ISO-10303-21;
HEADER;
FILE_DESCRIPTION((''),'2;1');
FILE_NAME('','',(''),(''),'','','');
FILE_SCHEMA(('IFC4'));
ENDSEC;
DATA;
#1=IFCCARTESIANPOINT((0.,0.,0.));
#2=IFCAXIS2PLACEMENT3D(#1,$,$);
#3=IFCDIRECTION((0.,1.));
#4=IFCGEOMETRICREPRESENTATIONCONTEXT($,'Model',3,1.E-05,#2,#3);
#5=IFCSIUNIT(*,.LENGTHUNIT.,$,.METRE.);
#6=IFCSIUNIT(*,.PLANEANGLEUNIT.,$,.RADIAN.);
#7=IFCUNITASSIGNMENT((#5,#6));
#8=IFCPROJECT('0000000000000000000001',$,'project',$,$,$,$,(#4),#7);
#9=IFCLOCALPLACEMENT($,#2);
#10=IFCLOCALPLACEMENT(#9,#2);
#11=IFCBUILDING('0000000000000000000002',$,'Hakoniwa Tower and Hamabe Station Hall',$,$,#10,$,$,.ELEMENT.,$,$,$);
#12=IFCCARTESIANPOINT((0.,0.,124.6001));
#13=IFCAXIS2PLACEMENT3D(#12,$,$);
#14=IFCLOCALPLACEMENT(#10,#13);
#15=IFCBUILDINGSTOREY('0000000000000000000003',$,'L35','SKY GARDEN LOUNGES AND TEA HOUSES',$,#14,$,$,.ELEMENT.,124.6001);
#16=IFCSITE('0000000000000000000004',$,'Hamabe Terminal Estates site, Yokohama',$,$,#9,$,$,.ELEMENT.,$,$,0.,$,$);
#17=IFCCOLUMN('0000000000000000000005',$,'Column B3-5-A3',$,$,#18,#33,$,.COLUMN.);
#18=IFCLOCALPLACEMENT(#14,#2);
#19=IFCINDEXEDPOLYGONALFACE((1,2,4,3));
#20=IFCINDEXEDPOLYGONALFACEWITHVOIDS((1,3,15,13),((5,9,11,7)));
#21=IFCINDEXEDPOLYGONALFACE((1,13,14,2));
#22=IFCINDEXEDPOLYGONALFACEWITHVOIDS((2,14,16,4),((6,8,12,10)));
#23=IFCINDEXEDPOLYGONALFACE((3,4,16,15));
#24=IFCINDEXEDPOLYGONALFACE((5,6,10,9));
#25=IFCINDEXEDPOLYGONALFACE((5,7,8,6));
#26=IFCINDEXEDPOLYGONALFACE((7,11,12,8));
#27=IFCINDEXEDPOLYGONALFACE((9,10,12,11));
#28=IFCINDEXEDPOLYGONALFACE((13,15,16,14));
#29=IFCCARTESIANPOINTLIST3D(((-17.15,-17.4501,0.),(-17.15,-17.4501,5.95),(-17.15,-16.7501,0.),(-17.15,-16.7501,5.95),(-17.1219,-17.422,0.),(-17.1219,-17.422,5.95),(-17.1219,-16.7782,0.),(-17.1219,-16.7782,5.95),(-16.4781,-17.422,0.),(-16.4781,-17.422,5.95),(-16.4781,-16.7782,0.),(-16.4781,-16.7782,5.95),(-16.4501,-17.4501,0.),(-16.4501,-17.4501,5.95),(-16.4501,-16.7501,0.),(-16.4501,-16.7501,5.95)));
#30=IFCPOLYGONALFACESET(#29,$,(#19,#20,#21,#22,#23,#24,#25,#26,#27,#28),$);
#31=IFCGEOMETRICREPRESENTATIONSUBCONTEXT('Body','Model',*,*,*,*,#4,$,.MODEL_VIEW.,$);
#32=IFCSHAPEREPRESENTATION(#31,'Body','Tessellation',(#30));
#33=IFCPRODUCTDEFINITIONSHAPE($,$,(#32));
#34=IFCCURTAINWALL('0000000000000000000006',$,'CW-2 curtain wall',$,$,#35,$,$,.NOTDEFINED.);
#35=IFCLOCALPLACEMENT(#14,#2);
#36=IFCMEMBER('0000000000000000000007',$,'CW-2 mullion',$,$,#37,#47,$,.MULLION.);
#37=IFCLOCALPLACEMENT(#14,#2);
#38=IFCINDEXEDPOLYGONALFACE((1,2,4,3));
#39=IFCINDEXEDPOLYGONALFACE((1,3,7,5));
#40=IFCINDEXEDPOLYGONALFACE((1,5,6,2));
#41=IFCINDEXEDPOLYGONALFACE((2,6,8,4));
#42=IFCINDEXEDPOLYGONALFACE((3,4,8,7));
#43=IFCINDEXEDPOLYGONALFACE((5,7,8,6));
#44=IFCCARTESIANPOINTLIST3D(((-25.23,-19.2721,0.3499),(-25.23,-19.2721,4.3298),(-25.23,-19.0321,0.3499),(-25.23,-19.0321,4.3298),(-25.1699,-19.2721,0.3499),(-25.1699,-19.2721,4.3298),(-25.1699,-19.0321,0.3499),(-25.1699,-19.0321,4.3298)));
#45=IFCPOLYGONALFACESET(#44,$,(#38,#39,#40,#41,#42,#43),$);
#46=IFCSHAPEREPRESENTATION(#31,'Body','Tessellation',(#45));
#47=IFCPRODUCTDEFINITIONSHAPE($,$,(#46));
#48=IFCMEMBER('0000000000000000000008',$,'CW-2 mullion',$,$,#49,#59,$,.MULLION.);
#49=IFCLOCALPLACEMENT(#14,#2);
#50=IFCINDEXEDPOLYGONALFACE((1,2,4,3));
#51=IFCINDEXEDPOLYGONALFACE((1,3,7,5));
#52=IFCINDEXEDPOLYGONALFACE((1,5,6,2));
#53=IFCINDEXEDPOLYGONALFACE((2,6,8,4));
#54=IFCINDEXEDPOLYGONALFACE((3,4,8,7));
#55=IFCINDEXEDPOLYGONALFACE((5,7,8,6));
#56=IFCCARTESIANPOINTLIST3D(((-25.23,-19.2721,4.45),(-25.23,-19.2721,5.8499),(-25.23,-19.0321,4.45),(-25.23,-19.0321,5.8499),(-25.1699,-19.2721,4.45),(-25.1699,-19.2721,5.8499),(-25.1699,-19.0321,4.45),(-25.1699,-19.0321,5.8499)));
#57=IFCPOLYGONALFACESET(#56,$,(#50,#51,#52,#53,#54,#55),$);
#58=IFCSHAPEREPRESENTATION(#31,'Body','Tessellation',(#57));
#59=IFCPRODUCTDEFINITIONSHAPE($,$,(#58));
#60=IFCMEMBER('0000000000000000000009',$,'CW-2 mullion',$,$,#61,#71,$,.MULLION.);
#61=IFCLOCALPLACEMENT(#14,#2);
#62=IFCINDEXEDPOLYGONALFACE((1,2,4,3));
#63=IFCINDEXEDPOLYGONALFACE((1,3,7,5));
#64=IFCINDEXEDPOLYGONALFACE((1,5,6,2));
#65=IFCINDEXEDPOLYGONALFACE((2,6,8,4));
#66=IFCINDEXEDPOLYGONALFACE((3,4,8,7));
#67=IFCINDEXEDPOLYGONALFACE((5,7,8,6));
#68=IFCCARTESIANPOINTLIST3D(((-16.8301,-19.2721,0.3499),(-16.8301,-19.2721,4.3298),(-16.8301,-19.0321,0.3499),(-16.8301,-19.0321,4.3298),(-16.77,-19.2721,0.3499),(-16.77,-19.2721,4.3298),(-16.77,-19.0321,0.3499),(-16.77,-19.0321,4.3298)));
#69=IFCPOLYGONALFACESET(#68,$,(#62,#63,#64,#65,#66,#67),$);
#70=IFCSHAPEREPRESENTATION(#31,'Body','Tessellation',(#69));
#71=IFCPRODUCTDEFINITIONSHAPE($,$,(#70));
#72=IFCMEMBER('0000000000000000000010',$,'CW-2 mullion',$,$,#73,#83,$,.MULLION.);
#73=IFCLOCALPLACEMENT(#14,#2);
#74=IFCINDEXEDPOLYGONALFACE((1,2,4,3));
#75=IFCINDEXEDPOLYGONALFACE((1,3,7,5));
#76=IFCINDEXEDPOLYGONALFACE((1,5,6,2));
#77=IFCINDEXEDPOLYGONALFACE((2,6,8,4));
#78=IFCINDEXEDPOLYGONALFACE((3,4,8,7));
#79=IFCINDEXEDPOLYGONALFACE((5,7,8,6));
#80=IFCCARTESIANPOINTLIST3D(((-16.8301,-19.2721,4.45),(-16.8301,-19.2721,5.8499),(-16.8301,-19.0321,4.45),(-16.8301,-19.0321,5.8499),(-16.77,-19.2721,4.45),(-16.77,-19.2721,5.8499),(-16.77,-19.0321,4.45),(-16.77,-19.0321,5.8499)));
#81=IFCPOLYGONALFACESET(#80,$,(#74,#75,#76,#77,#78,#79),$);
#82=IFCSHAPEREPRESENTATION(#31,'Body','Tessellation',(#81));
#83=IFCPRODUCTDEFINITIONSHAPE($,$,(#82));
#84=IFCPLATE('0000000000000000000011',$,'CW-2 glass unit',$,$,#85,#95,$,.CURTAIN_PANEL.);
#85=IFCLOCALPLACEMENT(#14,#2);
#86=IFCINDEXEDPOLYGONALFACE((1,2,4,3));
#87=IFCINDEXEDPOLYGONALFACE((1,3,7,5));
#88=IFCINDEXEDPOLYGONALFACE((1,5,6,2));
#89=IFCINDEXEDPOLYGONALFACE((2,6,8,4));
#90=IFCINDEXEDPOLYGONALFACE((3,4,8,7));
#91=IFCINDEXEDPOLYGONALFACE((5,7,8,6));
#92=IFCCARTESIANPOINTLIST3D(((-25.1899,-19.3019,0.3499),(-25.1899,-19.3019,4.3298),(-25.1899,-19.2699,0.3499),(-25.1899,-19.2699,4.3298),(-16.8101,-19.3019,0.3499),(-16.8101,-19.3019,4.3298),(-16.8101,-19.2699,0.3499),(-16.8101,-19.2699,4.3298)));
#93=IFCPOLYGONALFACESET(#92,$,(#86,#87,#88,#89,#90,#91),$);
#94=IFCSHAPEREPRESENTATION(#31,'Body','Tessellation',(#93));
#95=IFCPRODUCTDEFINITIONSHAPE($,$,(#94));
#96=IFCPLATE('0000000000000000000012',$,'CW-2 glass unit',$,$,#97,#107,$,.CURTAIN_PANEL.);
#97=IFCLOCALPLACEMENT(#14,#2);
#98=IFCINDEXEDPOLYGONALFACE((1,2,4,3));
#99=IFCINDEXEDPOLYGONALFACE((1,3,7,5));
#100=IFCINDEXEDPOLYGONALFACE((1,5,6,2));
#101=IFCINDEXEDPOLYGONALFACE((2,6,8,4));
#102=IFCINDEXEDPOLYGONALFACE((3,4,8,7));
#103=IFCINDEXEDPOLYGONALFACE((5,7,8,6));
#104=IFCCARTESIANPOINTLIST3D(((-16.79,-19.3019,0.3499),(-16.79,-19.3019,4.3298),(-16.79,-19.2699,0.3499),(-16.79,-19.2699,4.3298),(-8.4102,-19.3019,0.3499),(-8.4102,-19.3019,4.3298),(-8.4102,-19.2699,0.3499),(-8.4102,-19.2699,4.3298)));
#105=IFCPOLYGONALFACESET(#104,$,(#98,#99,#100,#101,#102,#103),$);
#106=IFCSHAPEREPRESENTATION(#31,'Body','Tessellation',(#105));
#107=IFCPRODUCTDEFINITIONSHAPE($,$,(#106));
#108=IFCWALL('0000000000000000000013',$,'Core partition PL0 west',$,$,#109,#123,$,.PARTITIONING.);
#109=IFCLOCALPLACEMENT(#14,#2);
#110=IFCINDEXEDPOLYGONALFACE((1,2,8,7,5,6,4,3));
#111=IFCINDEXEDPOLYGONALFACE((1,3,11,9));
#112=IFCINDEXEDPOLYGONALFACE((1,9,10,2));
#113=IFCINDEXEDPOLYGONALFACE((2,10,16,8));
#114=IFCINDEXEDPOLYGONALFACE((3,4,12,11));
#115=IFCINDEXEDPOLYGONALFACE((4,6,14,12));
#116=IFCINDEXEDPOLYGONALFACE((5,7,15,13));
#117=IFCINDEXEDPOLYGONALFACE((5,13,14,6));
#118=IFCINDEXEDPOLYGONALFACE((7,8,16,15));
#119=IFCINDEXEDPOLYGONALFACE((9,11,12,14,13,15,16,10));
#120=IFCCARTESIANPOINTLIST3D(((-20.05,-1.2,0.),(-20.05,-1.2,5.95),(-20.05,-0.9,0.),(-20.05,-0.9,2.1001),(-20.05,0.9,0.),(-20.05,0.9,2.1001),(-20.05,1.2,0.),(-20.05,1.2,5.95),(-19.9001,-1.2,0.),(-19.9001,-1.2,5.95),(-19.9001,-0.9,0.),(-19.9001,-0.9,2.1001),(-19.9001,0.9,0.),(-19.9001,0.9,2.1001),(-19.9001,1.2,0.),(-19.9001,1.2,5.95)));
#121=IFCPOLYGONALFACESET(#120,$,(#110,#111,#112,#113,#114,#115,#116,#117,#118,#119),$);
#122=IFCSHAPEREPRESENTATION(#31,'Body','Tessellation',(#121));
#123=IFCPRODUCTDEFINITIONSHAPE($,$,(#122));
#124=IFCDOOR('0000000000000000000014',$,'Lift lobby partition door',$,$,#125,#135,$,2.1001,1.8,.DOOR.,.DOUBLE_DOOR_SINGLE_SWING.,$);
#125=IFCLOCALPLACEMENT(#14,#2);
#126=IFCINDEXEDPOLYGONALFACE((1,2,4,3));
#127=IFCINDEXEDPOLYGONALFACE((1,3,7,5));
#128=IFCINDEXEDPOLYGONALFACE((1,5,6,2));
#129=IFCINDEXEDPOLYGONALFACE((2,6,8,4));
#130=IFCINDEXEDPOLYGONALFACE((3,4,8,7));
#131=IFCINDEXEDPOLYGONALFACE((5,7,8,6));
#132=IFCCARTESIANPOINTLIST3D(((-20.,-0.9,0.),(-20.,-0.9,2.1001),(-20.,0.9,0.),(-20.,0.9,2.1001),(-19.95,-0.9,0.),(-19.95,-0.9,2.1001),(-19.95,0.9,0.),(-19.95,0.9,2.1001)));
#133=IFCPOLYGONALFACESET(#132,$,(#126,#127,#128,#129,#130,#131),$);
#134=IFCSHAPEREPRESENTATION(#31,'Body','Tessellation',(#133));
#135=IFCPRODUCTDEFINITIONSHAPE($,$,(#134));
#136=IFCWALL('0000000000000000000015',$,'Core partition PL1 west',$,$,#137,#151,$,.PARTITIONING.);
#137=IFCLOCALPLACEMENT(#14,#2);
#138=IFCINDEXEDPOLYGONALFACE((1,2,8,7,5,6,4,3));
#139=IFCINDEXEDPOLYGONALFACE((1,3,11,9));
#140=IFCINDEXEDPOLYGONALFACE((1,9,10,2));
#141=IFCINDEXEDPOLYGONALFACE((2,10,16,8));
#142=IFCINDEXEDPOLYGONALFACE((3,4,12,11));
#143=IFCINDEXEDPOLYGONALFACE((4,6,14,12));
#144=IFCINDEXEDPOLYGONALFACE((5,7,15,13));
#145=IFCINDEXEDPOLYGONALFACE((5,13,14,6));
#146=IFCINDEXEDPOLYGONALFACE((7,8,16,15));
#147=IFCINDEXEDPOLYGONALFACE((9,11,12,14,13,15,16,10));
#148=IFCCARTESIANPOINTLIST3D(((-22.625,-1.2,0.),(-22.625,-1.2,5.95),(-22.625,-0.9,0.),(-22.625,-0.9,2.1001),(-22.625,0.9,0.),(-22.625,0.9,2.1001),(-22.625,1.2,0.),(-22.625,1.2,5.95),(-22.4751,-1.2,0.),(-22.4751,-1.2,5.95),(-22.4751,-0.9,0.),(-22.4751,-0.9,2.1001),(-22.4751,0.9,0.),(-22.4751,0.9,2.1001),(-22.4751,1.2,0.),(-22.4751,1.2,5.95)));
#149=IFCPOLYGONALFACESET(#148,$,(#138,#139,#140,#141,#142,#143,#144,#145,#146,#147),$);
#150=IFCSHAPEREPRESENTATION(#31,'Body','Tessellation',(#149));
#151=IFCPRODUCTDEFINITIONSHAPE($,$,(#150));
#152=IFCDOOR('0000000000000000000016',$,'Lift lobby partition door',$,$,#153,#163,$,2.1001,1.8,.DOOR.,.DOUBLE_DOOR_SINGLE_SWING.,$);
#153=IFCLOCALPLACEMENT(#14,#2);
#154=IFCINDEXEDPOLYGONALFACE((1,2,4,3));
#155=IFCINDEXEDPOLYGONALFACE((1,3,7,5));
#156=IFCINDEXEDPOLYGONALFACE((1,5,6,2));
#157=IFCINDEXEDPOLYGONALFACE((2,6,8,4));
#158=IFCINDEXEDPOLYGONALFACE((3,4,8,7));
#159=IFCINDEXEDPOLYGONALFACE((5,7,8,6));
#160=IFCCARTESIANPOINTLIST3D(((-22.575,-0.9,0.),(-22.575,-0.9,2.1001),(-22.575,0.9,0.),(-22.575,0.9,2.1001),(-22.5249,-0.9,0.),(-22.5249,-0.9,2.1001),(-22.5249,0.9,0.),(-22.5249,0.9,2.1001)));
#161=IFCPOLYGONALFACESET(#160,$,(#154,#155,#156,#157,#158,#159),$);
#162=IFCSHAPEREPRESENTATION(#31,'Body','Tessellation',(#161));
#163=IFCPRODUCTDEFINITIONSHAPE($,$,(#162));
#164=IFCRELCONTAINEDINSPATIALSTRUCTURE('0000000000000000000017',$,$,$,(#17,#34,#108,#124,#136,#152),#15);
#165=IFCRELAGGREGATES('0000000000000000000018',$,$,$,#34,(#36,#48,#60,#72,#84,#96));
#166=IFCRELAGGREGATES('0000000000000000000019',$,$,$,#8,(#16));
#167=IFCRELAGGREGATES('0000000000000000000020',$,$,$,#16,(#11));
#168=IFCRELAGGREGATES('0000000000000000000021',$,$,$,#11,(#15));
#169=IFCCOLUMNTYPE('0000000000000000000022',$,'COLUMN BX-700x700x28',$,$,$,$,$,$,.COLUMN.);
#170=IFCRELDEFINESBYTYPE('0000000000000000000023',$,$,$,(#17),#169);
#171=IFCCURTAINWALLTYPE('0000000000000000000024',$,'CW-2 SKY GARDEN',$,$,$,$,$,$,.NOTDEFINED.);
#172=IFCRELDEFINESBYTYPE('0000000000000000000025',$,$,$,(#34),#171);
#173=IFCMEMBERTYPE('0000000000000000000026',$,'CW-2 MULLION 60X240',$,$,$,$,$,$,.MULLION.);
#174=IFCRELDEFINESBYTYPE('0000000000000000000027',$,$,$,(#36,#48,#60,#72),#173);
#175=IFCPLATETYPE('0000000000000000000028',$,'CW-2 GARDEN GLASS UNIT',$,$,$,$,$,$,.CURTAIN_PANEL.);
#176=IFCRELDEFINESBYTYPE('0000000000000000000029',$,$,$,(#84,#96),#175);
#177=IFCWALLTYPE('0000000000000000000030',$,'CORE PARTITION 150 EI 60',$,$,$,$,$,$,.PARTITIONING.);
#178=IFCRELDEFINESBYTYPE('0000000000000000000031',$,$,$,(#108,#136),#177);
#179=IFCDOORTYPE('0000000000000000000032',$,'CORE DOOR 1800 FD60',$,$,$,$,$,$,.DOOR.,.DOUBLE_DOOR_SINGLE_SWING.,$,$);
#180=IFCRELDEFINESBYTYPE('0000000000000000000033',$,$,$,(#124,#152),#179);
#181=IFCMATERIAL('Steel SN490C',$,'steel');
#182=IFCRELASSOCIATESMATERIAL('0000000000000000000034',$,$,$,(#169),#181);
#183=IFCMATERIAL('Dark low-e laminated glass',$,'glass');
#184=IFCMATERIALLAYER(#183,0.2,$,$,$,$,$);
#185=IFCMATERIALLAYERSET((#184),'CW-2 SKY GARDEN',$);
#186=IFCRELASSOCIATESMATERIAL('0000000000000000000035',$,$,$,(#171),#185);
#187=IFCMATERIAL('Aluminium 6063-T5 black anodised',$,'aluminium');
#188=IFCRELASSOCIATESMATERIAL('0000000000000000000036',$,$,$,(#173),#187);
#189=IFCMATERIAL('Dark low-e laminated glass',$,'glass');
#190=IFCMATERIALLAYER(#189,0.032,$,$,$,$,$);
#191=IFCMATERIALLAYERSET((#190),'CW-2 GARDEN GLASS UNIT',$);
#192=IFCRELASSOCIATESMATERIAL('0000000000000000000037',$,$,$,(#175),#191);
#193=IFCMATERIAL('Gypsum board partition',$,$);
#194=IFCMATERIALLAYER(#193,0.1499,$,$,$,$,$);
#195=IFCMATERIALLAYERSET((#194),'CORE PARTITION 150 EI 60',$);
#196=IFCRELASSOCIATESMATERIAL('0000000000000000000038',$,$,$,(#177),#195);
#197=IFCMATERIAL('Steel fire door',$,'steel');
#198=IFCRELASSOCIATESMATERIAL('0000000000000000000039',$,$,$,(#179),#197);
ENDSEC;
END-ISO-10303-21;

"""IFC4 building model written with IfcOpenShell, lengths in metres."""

from ifc_helpers import new_model, si_unit, direction, frame, frame_2d, origin, origin_2d, place, context, subcontext, project, spatial, rectangle, hollow_rectangle, extrude, material, layer, layer_set, material_profile, profile_set, type_object, element, fill, aggregate, save


model = new_model("IFC4")

# Units and contexts
model_context = context("Model", 3, precision=1e-05, world=origin(), true_north=direction((0.0, 1.0)))
body_context = subcontext(model_context, "Body", "Model", "MODEL_VIEW")
ifc_project = project(units=[si_unit("LENGTHUNIT", "METRE"), si_unit("PLANEANGLEUNIT", "RADIAN")], contexts=[model_context])

# Site, building, storey
site_placement = place(None, origin())
site = spatial("IfcSite", under=ifc_project, at=site_placement, Name="Hamabe Terminal Estates site, Yokohama", CompositionType="ELEMENT", RefElevation=0.0)
building_placement = place(site_placement, origin())
building = spatial("IfcBuilding", under=site, at=building_placement, Name="Hakoniwa Tower and Hamabe Station Hall", CompositionType="ELEMENT")
storey_placement = place(building_placement, frame((0.0, 0.0, 124.6001)))
storey = spatial("IfcBuildingStorey", under=building, at=storey_placement, Name="L35", Description="SKY GARDEN LOUNGES AND TEA HOUSES", CompositionType="ELEMENT", Elevation=124.6001)

# Column
ifc_material_1 = material(Name="Steel SN490C", Category="steel")
ifc_material_profile_1 = material_profile(ifc_material_1, hollow_rectangle(XDim=0.7, YDim=0.7, WallThickness=0.0281, at=origin_2d()), Name="BX-700x700x28")
ifc_profile_set_1 = profile_set([ifc_material_profile_1], Name="Steel SN490C")
column_type = type_object("IfcColumnType", Name="COLUMN BX-700x700x28", PredefinedType="COLUMN", material=ifc_profile_set_1)
column_placement = place(storey_placement, frame((-16.8, -17.1001, 0.0), z_axis=(0.0, 0.0, 1.0), x_axis=(1.0, 0.0, 0.0)))
element("IfcColumn", 1, at=column_placement, inside=storey, type_object=column_type, Name="Column B3-5-A3", PredefinedType="COLUMN", context=body_context, shape_type="SweptSolid", body=[
    extrude(hollow_rectangle(XDim=0.7, YDim=0.7, WallThickness=0.0281, at=origin_2d()), origin(), (0.0, 0.0, 1.0), 5.95),
])

# Curtain wall, members, plates
ifc_material_2 = material(Name="Dark low-e laminated glass", Category="glass")
ifc_layer_1 = layer(ifc_material_2, 0.2)
ifc_layer_set_1 = layer_set([ifc_layer_1], Name="CW-2 SKY GARDEN")
curtain_wall_type = type_object("IfcCurtainWallType", Name="CW-2 SKY GARDEN", PredefinedType="NOTDEFINED", material=ifc_layer_set_1)
curtain_wall_placement = place(storey_placement, origin())
curtain_wall = element("IfcCurtainWall", 2, at=curtain_wall_placement, inside=storey, type_object=curtain_wall_type, Name="CW-2 curtain wall", PredefinedType="NOTDEFINED")
ifc_material_3 = material(Name="Aluminium 6063-T5 black anodised", Category="aluminium")
ifc_material_profile_2 = material_profile(ifc_material_3, rectangle(XDim=0.0601, YDim=0.24, at=origin_2d()), Name="CW-2 MULLION 60X240")
ifc_profile_set_2 = profile_set([ifc_material_profile_2], Name="Aluminium 6063-T5 black anodised")
member_type = type_object("IfcMemberType", Name="CW-2 MULLION 60X240", PredefinedType="MULLION", material=ifc_profile_set_2)
member_1_placement = place(storey_placement, frame((-25.2, -19.1521, 0.3499), z_axis=(0.0, 0.0, 1.0), x_axis=(1.0, 0.0, 0.0)))
member_1 = element("IfcMember", 3, at=member_1_placement, type_object=member_type, Name="CW-2 mullion", PredefinedType="MULLION", context=body_context, shape_type="SweptSolid", body=[
    extrude(rectangle(XDim=0.0601, YDim=0.24, at=origin_2d()), origin(), (0.0, 0.0, 1.0), 3.98),
])
member_2_placement = place(storey_placement, frame((-25.2, -19.1521, 4.45), z_axis=(0.0, 0.0, 1.0), x_axis=(1.0, 0.0, 0.0)))
member_2 = element("IfcMember", 4, at=member_2_placement, type_object=member_type, Name="CW-2 mullion", PredefinedType="MULLION", context=body_context, shape_type="SweptSolid", body=[
    extrude(rectangle(XDim=0.0601, YDim=0.24, at=origin_2d()), origin(), (0.0, 0.0, 1.0), 1.3999),
])
member_3_placement = place(storey_placement, frame((-16.8, -19.1521, 0.3499), z_axis=(0.0, 0.0, 1.0), x_axis=(1.0, 0.0, 0.0)))
member_3 = element("IfcMember", 5, at=member_3_placement, type_object=member_type, Name="CW-2 mullion", PredefinedType="MULLION", context=body_context, shape_type="SweptSolid", body=[
    extrude(rectangle(XDim=0.0601, YDim=0.24, at=origin_2d()), origin(), (0.0, 0.0, 1.0), 3.98),
])
member_4_placement = place(storey_placement, frame((-16.8, -19.1521, 4.45), z_axis=(0.0, 0.0, 1.0), x_axis=(1.0, 0.0, 0.0)))
member_4 = element("IfcMember", 6, at=member_4_placement, type_object=member_type, Name="CW-2 mullion", PredefinedType="MULLION", context=body_context, shape_type="SweptSolid", body=[
    extrude(rectangle(XDim=0.0601, YDim=0.24, at=origin_2d()), origin(), (0.0, 0.0, 1.0), 1.3999),
])
ifc_material_4 = material(Name="Dark low-e laminated glass", Category="glass")
ifc_layer_2 = layer(ifc_material_4, 0.032)
ifc_layer_set_2 = layer_set([ifc_layer_2], Name="CW-2 GARDEN GLASS UNIT")
plate_type = type_object("IfcPlateType", Name="CW-2 GARDEN GLASS UNIT", PredefinedType="CURTAIN_PANEL", material=ifc_layer_set_2)
plate_1_placement = place(storey_placement, frame((-21.0, -19.2859, 0.3499), z_axis=(0.0, 0.0, 1.0), x_axis=(1.0, 0.0, 0.0)))
plate_1 = element("IfcPlate", 7, at=plate_1_placement, type_object=plate_type, Name="CW-2 glass unit", PredefinedType="CURTAIN_PANEL", context=body_context, shape_type="SweptSolid", body=[
    extrude(rectangle(XDim=8.3799, YDim=0.032, at=origin_2d()), origin(), (0.0, 0.0, 1.0), 3.98),
])
plate_2_placement = place(storey_placement, frame((-12.6001, -19.2859, 0.3499), z_axis=(0.0, 0.0, 1.0), x_axis=(1.0, 0.0, 0.0)))
plate_2 = element("IfcPlate", 8, at=plate_2_placement, type_object=plate_type, Name="CW-2 glass unit", PredefinedType="CURTAIN_PANEL", context=body_context, shape_type="SweptSolid", body=[
    extrude(rectangle(XDim=8.3799, YDim=0.032, at=origin_2d()), origin(), (0.0, 0.0, 1.0), 3.98),
])

# Walls, openings, doors
ifc_material_5 = material(Name="Gypsum board partition")
ifc_layer_3 = layer(ifc_material_5, 0.1499)
ifc_layer_set_3 = layer_set([ifc_layer_3], Name="CORE PARTITION 150 EI 60")
wall_type_1 = type_object("IfcWallType", Name="CORE PARTITION 150 EI 60", PredefinedType="PARTITIONING", material=ifc_layer_set_3)
wall_1_placement = place(storey_placement, frame((-19.9751, -1.2, 0.0), z_axis=(0.0, 0.0, 1.0), x_axis=(0.0, 1.0, 0.0)))
wall_1 = element("IfcWall", 9, at=wall_1_placement, inside=storey, type_object=wall_type_1, Name="Core partition PL0 west", PredefinedType="PARTITIONING", context=body_context, shape_type="SweptSolid", body=[
    extrude(rectangle(XDim=2.3999, YDim=0.1499, at=frame_2d((1.2, 0.0))), origin(), (0.0, 0.0, 1.0), 5.95),
])
opening_1_placement = place(wall_1_placement, frame((0.3, 0.0, 0.0)))
opening_1 = element("IfcOpeningElement", 10, at=opening_1_placement, cuts=wall_1, PredefinedType="OPENING", context=body_context, shape_type="SweptSolid", body=[
    extrude(rectangle(XDim=1.8, YDim=2.1001, at=frame_2d((0.8999, 1.05))), frame((0.0, 0.085, 0.0), z_axis=(0.0, -1.0, 0.0), x_axis=(1.0, 0.0, 0.0)), (0.0, 0.0, 1.0), 0.1699),
])
ifc_material_6 = material(Name="Steel fire door", Category="steel")
door_type_1 = type_object("IfcDoorType", Name="CORE DOOR 1800 FD60", OperationType="DOUBLE_DOOR_SINGLE_SWING", PredefinedType="DOOR", material=ifc_material_6)
door_1_placement = place(opening_1_placement, origin())
door_1 = element("IfcDoor", 11, at=door_1_placement, inside=storey, type_object=door_type_1, Name="Lift lobby partition door", OperationType="DOUBLE_DOOR_SINGLE_SWING", OverallHeight=2.1001, OverallWidth=1.8, PredefinedType="DOOR", context=body_context, shape_type="SweptSolid", body=[
    extrude(rectangle(XDim=1.8, YDim=2.1001, at=frame_2d((0.8999, 1.05))), frame((0.0, 0.0249, 0.0), z_axis=(0.0, -1.0, 0.0), x_axis=(1.0, 0.0, 0.0)), (0.0, 0.0, 1.0), 0.05),
])
fill(opening_1, door_1)
wall_2_placement = place(storey_placement, frame((-22.55, -1.2, 0.0), z_axis=(0.0, 0.0, 1.0), x_axis=(0.0, 1.0, 0.0)))
wall_2 = element("IfcWall", 12, at=wall_2_placement, inside=storey, type_object=wall_type_1, Name="Core partition PL1 west", PredefinedType="PARTITIONING", context=body_context, shape_type="SweptSolid", body=[
    extrude(rectangle(XDim=2.3999, YDim=0.1499, at=frame_2d((1.2, 0.0))), origin(), (0.0, 0.0, 1.0), 5.95),
])
opening_2_placement = place(wall_2_placement, frame((0.3, 0.0, 0.0)))
opening_2 = element("IfcOpeningElement", 13, at=opening_2_placement, cuts=wall_2, PredefinedType="OPENING", context=body_context, shape_type="SweptSolid", body=[
    extrude(rectangle(XDim=1.8, YDim=2.1001, at=frame_2d((0.8999, 1.05))), frame((0.0, 0.085, 0.0), z_axis=(0.0, -1.0, 0.0), x_axis=(1.0, 0.0, 0.0)), (0.0, 0.0, 1.0), 0.1699),
])
door_2_placement = place(opening_2_placement, origin())
door_2 = element("IfcDoor", 14, at=door_2_placement, inside=storey, type_object=door_type_1, Name="Lift lobby partition door", OperationType="DOUBLE_DOOR_SINGLE_SWING", OverallHeight=2.1001, OverallWidth=1.8, PredefinedType="DOOR", context=body_context, shape_type="SweptSolid", body=[
    extrude(rectangle(XDim=1.8, YDim=2.1001, at=frame_2d((0.8999, 1.05))), frame((0.0, 0.0249, 0.0), z_axis=(0.0, -1.0, 0.0), x_axis=(1.0, 0.0, 0.0)), (0.0, 0.0, 1.0), 0.05),
])
fill(opening_2, door_2)

aggregate(curtain_wall, [member_1, member_2, member_3, member_4, plate_1, plate_2])

save(model, "model.ifc")
